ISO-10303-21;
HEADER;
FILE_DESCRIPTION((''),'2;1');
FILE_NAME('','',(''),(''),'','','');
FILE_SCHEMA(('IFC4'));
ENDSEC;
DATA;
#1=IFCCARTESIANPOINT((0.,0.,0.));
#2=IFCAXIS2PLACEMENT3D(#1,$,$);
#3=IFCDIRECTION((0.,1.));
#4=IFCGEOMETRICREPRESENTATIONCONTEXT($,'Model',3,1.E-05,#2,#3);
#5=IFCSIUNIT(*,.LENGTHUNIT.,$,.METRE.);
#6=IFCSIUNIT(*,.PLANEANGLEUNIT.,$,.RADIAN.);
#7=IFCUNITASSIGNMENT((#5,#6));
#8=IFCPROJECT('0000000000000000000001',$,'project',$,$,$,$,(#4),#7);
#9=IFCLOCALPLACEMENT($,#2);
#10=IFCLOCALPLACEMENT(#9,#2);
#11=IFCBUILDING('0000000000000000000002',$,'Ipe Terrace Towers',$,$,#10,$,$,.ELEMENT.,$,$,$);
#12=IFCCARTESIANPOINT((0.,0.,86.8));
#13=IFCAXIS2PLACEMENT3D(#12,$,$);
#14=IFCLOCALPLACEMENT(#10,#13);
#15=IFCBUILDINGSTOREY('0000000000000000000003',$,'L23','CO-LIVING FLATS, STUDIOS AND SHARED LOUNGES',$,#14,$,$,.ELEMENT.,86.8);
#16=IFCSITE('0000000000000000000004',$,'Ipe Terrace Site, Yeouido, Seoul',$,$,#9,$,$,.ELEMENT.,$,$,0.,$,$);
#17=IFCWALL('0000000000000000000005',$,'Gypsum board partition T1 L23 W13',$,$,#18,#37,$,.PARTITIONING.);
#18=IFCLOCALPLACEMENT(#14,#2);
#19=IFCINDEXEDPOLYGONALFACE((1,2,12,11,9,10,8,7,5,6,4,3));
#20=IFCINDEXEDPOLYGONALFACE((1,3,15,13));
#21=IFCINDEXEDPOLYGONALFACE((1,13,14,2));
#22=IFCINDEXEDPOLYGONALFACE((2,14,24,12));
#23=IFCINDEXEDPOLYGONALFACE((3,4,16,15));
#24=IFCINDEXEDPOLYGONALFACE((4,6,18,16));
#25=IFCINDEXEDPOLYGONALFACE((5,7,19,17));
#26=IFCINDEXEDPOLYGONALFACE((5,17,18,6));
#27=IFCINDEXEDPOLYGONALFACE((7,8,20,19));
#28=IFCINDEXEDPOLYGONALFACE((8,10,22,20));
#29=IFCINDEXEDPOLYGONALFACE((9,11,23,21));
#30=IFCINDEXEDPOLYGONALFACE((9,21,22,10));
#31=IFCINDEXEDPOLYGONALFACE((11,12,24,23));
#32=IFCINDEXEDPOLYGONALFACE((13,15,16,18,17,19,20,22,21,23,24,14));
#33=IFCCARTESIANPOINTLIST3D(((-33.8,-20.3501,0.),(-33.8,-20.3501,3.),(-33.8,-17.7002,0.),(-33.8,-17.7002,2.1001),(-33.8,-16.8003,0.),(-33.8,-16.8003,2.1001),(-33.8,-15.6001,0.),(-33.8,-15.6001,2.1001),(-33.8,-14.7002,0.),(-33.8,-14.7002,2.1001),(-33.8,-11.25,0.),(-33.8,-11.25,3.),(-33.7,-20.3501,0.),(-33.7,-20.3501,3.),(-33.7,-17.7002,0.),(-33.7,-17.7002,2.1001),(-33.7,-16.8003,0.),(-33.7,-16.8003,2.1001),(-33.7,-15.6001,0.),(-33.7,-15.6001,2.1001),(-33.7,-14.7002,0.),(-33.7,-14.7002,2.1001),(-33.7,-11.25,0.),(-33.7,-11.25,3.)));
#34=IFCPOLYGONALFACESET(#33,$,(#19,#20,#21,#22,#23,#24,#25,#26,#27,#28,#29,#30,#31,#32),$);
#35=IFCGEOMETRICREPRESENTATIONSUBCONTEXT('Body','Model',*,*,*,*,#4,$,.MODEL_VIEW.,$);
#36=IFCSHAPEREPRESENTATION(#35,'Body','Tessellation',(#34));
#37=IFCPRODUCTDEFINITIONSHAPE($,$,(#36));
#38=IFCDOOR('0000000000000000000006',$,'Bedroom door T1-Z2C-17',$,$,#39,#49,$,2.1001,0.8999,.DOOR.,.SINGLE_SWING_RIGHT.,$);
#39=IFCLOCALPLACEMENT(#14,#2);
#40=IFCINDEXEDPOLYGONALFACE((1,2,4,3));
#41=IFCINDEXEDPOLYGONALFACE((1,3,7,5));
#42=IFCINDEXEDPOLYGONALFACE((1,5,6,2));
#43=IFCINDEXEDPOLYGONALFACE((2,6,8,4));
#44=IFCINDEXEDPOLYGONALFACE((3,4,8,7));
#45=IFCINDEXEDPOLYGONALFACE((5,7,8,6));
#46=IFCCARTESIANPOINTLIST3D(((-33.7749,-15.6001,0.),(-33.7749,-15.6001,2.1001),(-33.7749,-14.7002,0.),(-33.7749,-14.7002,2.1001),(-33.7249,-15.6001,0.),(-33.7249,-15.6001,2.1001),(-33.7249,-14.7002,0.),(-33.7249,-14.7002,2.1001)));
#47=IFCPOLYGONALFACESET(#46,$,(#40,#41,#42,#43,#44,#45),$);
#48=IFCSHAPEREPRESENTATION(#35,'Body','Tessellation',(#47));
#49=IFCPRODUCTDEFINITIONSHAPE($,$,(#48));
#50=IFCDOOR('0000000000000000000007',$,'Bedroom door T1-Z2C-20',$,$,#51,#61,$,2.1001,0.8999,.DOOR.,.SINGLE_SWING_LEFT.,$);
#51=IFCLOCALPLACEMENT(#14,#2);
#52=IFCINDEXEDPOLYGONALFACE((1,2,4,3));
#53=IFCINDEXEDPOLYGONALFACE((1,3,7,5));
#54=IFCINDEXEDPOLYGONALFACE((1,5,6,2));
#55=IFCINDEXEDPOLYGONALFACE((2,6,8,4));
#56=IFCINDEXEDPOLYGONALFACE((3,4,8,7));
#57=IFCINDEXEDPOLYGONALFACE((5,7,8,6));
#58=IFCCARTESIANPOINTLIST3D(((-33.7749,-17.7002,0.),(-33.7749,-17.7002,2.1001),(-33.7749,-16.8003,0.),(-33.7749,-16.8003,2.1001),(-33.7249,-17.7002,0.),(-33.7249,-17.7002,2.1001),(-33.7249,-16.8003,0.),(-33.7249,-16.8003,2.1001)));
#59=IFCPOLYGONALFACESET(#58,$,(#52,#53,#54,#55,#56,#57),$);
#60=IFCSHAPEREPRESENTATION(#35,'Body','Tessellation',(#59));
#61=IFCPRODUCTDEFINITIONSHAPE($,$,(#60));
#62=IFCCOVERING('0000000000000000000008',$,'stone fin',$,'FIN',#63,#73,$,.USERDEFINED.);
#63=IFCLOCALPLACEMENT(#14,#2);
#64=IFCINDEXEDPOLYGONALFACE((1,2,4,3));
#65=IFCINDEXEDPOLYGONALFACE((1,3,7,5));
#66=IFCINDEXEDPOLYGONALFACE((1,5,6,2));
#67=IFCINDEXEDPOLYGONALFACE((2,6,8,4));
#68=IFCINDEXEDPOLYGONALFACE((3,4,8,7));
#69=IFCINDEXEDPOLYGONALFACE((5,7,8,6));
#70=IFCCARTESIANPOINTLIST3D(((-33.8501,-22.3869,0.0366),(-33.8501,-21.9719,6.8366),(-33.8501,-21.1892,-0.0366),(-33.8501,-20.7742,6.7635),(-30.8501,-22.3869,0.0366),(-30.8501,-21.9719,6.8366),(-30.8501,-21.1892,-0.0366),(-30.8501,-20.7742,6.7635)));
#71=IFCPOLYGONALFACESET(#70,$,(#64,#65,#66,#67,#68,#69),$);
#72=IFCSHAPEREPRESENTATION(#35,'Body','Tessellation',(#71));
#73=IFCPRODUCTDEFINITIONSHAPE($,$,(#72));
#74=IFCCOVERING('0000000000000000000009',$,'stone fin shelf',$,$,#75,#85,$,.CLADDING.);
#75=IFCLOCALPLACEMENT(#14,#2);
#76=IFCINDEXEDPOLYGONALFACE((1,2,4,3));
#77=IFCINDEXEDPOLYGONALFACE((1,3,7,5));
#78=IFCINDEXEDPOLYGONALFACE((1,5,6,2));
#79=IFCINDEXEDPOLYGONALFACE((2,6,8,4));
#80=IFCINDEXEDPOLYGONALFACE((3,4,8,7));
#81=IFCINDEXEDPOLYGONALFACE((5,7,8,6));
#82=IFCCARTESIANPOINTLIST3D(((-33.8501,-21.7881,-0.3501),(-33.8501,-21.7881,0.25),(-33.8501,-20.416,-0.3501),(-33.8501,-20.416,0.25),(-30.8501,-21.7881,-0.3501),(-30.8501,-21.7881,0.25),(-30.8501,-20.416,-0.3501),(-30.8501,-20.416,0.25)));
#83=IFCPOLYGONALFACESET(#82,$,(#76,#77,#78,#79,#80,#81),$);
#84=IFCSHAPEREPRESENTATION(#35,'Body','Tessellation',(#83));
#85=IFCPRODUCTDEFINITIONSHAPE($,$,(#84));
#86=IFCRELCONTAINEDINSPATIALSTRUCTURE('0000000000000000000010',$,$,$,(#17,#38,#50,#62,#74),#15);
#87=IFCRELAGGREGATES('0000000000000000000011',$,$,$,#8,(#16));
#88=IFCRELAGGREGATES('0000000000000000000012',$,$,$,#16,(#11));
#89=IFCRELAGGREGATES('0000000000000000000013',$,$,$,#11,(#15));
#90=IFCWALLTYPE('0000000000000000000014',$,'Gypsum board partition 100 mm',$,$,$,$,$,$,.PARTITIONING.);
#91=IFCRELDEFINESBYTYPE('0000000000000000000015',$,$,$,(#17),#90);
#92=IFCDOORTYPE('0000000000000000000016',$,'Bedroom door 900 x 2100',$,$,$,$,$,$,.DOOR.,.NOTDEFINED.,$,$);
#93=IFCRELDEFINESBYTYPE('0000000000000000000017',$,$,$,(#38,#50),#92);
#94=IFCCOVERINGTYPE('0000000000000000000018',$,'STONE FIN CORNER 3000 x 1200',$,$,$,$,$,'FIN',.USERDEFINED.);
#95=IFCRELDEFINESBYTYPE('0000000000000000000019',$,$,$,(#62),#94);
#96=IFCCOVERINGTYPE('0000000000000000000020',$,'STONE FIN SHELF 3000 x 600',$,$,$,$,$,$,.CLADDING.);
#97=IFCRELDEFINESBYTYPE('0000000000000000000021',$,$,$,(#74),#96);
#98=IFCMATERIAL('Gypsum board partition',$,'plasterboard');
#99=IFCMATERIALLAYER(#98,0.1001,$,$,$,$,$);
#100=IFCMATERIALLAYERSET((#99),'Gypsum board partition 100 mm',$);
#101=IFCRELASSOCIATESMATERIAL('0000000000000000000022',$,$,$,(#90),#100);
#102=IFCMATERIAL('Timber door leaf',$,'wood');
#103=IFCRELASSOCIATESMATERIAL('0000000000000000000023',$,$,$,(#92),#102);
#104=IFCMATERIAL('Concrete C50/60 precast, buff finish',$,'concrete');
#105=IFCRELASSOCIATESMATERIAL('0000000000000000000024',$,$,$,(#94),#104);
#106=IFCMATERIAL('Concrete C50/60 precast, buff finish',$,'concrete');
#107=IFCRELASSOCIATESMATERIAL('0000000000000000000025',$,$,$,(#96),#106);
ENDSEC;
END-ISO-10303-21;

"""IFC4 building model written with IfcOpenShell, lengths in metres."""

from ifc_helpers import new_model, si_unit, direction, frame, frame_2d, origin, origin_2d, place, context, subcontext, project, spatial, rectangle, extrude, material, layer, layer_set, material_profile, profile_set, type_object, element, fill, save


model = new_model("IFC4")

# Units and contexts
model_context = context("Model", 3, precision=1e-05, world=origin(), true_north=direction((0.0, 1.0)))
body_context = subcontext(model_context, "Body", "Model", "MODEL_VIEW")
ifc_project = project(units=[si_unit("LENGTHUNIT", "METRE"), si_unit("PLANEANGLEUNIT", "RADIAN")], contexts=[model_context])

# Site, building, storey
site_placement = place(None, origin())
site = spatial("IfcSite", under=ifc_project, at=site_placement, Name="Ipe Terrace Site, Yeouido, Seoul", CompositionType="ELEMENT", RefElevation=0.0)
building_placement = place(site_placement, origin())
building = spatial("IfcBuilding", under=site, at=building_placement, Name="Ipe Terrace Towers", CompositionType="ELEMENT")
storey_placement = place(building_placement, frame((0.0, 0.0, 86.8)))
storey = spatial("IfcBuildingStorey", under=building, at=storey_placement, Name="L23", Description="CO-LIVING FLATS, STUDIOS AND SHARED LOUNGES", CompositionType="ELEMENT", Elevation=86.8)

# Wall, openings, doors
ifc_material_1 = material(Name="Gypsum board partition", Category="plasterboard")
ifc_layer_1 = layer(ifc_material_1, 0.1001)
ifc_layer_set_1 = layer_set([ifc_layer_1], Name="Gypsum board partition 100 mm")
wall_type_1 = type_object("IfcWallType", Name="Gypsum board partition 100 mm", PredefinedType="PARTITIONING", material=ifc_layer_set_1)
ifc_material_2 = material(Name="Timber door leaf", Category="wood")
door_type = type_object("IfcDoorType", Name="Bedroom door 900 x 2100", OperationType="NOTDEFINED", PredefinedType="DOOR", material=ifc_material_2)
wall_1_placement = place(storey_placement, frame((-33.75, -20.3501, 0.0), z_axis=(0.0, 0.0, 1.0), x_axis=(0.0, 1.0, 0.0)))
wall_1 = element("IfcWall", 1, at=wall_1_placement, inside=storey, type_object=wall_type_1, Name="Gypsum board partition T1 L23 W13", PredefinedType="PARTITIONING", context=body_context, shape_type="SweptSolid", body=[
    extrude(rectangle(XDim=9.1001, YDim=0.1001, at=frame_2d((4.55, 0.0))), origin(), (0.0, 0.0, 1.0), 3.0),
])
opening_1_placement = place(wall_1_placement, frame((4.75, 0.0, 0.0)))
opening_1 = element("IfcOpeningElement", 2, at=opening_1_placement, cuts=wall_1, PredefinedType="OPENING", context=body_context, shape_type="SweptSolid", body=[
    extrude(rectangle(XDim=0.8999, YDim=2.1001, at=frame_2d((0.45, 1.05))), frame((0.0, 0.0601, 0.0), z_axis=(0.0, -1.0, 0.0), x_axis=(1.0, 0.0, 0.0)), (0.0, 0.0, 1.0), 0.1201),
])
opening_2_placement = place(wall_1_placement, frame((2.6499, 0.0, 0.0)))
opening_2 = element("IfcOpeningElement", 3, at=opening_2_placement, cuts=wall_1, PredefinedType="OPENING", context=body_context, shape_type="SweptSolid", body=[
    extrude(rectangle(XDim=0.8999, YDim=2.1001, at=frame_2d((0.45, 1.05))), frame((0.0, 0.0601, 0.0), z_axis=(0.0, -1.0, 0.0), x_axis=(1.0, 0.0, 0.0)), (0.0, 0.0, 1.0), 0.1201),
])
door_1_placement = place(opening_1_placement, origin())
door_1 = element("IfcDoor", 4, at=door_1_placement, inside=storey, type_object=door_type, Name="Bedroom door T1-Z2C-17", OperationType="SINGLE_SWING_RIGHT", OverallHeight=2.1001, OverallWidth=0.8999, PredefinedType="DOOR", context=body_context, shape_type="SweptSolid", body=[
    extrude(rectangle(XDim=0.8999, YDim=2.1001, at=frame_2d((0.45, 1.05))), frame((0.0, 0.0249, 0.0), z_axis=(0.0, -1.0, 0.0), x_axis=(1.0, 0.0, 0.0)), (0.0, 0.0, 1.0), 0.05),
])
fill(opening_1, door_1)
door_2_placement = place(opening_2_placement, origin())
door_2 = element("IfcDoor", 5, at=door_2_placement, inside=storey, type_object=door_type, Name="Bedroom door T1-Z2C-20", OperationType="SINGLE_SWING_LEFT", OverallHeight=2.1001, OverallWidth=0.8999, PredefinedType="DOOR", context=body_context, shape_type="SweptSolid", body=[
    extrude(rectangle(XDim=0.8999, YDim=2.1001, at=frame_2d((0.45, 1.05))), frame((0.0, 0.0249, 0.0), z_axis=(0.0, -1.0, 0.0), x_axis=(1.0, 0.0, 0.0)), (0.0, 0.0, 1.0), 0.05),
])
fill(opening_2, door_2)

# Coverings
ifc_material_3 = material(Name="Concrete C50/60 precast, buff finish", Category="concrete")
ifc_material_profile_1 = material_profile(ifc_material_3, rectangle(XDim=3.0, YDim=1.2, at=origin_2d()), Name="STONE FIN CORNER 3000 x 1200")
ifc_profile_set_1 = profile_set([ifc_material_profile_1], Name="Concrete C50/60 precast, buff finish")
covering_type_1 = type_object("IfcCoveringType", Name="STONE FIN CORNER 3000 x 1200", ElementType="FIN", PredefinedType="USERDEFINED", material=ifc_profile_set_1)
covering_1_placement = place(storey_placement, frame((-32.3501, -21.7881, 0.0), z_axis=(0.0, 0.060921, 0.998143), x_axis=(1.0, 0.0, 0.0)))
element("IfcCovering", 6, at=covering_1_placement, inside=storey, type_object=covering_type_1, Name="stone fin", ObjectType="FIN", PredefinedType="USERDEFINED", context=body_context, shape_type="SweptSolid", body=[
    extrude(rectangle(XDim=3.0, YDim=1.2, at=origin_2d()), origin(), (0.0, 0.0, 1.0), 6.8127),
])
ifc_material_4 = material(Name="Concrete C50/60 precast, buff finish", Category="concrete")
covering_type_2 = type_object("IfcCoveringType", Name="STONE FIN SHELF 3000 x 600", PredefinedType="CLADDING", material=ifc_material_4)
covering_2_placement = place(storey_placement, frame((-32.3501, -21.1021, -0.3501), z_axis=(0.0, 0.0, 1.0), x_axis=(1.0, 0.0, 0.0)))
element("IfcCovering", 7, at=covering_2_placement, inside=storey, type_object=covering_type_2, Name="stone fin shelf", PredefinedType="CLADDING", context=body_context, shape_type="SweptSolid", body=[
    extrude(rectangle(XDim=3.0, YDim=1.3721, at=origin_2d()), origin(), (0.0, 0.0, 1.0), 0.6001),
])

save(model, "model.ifc")
